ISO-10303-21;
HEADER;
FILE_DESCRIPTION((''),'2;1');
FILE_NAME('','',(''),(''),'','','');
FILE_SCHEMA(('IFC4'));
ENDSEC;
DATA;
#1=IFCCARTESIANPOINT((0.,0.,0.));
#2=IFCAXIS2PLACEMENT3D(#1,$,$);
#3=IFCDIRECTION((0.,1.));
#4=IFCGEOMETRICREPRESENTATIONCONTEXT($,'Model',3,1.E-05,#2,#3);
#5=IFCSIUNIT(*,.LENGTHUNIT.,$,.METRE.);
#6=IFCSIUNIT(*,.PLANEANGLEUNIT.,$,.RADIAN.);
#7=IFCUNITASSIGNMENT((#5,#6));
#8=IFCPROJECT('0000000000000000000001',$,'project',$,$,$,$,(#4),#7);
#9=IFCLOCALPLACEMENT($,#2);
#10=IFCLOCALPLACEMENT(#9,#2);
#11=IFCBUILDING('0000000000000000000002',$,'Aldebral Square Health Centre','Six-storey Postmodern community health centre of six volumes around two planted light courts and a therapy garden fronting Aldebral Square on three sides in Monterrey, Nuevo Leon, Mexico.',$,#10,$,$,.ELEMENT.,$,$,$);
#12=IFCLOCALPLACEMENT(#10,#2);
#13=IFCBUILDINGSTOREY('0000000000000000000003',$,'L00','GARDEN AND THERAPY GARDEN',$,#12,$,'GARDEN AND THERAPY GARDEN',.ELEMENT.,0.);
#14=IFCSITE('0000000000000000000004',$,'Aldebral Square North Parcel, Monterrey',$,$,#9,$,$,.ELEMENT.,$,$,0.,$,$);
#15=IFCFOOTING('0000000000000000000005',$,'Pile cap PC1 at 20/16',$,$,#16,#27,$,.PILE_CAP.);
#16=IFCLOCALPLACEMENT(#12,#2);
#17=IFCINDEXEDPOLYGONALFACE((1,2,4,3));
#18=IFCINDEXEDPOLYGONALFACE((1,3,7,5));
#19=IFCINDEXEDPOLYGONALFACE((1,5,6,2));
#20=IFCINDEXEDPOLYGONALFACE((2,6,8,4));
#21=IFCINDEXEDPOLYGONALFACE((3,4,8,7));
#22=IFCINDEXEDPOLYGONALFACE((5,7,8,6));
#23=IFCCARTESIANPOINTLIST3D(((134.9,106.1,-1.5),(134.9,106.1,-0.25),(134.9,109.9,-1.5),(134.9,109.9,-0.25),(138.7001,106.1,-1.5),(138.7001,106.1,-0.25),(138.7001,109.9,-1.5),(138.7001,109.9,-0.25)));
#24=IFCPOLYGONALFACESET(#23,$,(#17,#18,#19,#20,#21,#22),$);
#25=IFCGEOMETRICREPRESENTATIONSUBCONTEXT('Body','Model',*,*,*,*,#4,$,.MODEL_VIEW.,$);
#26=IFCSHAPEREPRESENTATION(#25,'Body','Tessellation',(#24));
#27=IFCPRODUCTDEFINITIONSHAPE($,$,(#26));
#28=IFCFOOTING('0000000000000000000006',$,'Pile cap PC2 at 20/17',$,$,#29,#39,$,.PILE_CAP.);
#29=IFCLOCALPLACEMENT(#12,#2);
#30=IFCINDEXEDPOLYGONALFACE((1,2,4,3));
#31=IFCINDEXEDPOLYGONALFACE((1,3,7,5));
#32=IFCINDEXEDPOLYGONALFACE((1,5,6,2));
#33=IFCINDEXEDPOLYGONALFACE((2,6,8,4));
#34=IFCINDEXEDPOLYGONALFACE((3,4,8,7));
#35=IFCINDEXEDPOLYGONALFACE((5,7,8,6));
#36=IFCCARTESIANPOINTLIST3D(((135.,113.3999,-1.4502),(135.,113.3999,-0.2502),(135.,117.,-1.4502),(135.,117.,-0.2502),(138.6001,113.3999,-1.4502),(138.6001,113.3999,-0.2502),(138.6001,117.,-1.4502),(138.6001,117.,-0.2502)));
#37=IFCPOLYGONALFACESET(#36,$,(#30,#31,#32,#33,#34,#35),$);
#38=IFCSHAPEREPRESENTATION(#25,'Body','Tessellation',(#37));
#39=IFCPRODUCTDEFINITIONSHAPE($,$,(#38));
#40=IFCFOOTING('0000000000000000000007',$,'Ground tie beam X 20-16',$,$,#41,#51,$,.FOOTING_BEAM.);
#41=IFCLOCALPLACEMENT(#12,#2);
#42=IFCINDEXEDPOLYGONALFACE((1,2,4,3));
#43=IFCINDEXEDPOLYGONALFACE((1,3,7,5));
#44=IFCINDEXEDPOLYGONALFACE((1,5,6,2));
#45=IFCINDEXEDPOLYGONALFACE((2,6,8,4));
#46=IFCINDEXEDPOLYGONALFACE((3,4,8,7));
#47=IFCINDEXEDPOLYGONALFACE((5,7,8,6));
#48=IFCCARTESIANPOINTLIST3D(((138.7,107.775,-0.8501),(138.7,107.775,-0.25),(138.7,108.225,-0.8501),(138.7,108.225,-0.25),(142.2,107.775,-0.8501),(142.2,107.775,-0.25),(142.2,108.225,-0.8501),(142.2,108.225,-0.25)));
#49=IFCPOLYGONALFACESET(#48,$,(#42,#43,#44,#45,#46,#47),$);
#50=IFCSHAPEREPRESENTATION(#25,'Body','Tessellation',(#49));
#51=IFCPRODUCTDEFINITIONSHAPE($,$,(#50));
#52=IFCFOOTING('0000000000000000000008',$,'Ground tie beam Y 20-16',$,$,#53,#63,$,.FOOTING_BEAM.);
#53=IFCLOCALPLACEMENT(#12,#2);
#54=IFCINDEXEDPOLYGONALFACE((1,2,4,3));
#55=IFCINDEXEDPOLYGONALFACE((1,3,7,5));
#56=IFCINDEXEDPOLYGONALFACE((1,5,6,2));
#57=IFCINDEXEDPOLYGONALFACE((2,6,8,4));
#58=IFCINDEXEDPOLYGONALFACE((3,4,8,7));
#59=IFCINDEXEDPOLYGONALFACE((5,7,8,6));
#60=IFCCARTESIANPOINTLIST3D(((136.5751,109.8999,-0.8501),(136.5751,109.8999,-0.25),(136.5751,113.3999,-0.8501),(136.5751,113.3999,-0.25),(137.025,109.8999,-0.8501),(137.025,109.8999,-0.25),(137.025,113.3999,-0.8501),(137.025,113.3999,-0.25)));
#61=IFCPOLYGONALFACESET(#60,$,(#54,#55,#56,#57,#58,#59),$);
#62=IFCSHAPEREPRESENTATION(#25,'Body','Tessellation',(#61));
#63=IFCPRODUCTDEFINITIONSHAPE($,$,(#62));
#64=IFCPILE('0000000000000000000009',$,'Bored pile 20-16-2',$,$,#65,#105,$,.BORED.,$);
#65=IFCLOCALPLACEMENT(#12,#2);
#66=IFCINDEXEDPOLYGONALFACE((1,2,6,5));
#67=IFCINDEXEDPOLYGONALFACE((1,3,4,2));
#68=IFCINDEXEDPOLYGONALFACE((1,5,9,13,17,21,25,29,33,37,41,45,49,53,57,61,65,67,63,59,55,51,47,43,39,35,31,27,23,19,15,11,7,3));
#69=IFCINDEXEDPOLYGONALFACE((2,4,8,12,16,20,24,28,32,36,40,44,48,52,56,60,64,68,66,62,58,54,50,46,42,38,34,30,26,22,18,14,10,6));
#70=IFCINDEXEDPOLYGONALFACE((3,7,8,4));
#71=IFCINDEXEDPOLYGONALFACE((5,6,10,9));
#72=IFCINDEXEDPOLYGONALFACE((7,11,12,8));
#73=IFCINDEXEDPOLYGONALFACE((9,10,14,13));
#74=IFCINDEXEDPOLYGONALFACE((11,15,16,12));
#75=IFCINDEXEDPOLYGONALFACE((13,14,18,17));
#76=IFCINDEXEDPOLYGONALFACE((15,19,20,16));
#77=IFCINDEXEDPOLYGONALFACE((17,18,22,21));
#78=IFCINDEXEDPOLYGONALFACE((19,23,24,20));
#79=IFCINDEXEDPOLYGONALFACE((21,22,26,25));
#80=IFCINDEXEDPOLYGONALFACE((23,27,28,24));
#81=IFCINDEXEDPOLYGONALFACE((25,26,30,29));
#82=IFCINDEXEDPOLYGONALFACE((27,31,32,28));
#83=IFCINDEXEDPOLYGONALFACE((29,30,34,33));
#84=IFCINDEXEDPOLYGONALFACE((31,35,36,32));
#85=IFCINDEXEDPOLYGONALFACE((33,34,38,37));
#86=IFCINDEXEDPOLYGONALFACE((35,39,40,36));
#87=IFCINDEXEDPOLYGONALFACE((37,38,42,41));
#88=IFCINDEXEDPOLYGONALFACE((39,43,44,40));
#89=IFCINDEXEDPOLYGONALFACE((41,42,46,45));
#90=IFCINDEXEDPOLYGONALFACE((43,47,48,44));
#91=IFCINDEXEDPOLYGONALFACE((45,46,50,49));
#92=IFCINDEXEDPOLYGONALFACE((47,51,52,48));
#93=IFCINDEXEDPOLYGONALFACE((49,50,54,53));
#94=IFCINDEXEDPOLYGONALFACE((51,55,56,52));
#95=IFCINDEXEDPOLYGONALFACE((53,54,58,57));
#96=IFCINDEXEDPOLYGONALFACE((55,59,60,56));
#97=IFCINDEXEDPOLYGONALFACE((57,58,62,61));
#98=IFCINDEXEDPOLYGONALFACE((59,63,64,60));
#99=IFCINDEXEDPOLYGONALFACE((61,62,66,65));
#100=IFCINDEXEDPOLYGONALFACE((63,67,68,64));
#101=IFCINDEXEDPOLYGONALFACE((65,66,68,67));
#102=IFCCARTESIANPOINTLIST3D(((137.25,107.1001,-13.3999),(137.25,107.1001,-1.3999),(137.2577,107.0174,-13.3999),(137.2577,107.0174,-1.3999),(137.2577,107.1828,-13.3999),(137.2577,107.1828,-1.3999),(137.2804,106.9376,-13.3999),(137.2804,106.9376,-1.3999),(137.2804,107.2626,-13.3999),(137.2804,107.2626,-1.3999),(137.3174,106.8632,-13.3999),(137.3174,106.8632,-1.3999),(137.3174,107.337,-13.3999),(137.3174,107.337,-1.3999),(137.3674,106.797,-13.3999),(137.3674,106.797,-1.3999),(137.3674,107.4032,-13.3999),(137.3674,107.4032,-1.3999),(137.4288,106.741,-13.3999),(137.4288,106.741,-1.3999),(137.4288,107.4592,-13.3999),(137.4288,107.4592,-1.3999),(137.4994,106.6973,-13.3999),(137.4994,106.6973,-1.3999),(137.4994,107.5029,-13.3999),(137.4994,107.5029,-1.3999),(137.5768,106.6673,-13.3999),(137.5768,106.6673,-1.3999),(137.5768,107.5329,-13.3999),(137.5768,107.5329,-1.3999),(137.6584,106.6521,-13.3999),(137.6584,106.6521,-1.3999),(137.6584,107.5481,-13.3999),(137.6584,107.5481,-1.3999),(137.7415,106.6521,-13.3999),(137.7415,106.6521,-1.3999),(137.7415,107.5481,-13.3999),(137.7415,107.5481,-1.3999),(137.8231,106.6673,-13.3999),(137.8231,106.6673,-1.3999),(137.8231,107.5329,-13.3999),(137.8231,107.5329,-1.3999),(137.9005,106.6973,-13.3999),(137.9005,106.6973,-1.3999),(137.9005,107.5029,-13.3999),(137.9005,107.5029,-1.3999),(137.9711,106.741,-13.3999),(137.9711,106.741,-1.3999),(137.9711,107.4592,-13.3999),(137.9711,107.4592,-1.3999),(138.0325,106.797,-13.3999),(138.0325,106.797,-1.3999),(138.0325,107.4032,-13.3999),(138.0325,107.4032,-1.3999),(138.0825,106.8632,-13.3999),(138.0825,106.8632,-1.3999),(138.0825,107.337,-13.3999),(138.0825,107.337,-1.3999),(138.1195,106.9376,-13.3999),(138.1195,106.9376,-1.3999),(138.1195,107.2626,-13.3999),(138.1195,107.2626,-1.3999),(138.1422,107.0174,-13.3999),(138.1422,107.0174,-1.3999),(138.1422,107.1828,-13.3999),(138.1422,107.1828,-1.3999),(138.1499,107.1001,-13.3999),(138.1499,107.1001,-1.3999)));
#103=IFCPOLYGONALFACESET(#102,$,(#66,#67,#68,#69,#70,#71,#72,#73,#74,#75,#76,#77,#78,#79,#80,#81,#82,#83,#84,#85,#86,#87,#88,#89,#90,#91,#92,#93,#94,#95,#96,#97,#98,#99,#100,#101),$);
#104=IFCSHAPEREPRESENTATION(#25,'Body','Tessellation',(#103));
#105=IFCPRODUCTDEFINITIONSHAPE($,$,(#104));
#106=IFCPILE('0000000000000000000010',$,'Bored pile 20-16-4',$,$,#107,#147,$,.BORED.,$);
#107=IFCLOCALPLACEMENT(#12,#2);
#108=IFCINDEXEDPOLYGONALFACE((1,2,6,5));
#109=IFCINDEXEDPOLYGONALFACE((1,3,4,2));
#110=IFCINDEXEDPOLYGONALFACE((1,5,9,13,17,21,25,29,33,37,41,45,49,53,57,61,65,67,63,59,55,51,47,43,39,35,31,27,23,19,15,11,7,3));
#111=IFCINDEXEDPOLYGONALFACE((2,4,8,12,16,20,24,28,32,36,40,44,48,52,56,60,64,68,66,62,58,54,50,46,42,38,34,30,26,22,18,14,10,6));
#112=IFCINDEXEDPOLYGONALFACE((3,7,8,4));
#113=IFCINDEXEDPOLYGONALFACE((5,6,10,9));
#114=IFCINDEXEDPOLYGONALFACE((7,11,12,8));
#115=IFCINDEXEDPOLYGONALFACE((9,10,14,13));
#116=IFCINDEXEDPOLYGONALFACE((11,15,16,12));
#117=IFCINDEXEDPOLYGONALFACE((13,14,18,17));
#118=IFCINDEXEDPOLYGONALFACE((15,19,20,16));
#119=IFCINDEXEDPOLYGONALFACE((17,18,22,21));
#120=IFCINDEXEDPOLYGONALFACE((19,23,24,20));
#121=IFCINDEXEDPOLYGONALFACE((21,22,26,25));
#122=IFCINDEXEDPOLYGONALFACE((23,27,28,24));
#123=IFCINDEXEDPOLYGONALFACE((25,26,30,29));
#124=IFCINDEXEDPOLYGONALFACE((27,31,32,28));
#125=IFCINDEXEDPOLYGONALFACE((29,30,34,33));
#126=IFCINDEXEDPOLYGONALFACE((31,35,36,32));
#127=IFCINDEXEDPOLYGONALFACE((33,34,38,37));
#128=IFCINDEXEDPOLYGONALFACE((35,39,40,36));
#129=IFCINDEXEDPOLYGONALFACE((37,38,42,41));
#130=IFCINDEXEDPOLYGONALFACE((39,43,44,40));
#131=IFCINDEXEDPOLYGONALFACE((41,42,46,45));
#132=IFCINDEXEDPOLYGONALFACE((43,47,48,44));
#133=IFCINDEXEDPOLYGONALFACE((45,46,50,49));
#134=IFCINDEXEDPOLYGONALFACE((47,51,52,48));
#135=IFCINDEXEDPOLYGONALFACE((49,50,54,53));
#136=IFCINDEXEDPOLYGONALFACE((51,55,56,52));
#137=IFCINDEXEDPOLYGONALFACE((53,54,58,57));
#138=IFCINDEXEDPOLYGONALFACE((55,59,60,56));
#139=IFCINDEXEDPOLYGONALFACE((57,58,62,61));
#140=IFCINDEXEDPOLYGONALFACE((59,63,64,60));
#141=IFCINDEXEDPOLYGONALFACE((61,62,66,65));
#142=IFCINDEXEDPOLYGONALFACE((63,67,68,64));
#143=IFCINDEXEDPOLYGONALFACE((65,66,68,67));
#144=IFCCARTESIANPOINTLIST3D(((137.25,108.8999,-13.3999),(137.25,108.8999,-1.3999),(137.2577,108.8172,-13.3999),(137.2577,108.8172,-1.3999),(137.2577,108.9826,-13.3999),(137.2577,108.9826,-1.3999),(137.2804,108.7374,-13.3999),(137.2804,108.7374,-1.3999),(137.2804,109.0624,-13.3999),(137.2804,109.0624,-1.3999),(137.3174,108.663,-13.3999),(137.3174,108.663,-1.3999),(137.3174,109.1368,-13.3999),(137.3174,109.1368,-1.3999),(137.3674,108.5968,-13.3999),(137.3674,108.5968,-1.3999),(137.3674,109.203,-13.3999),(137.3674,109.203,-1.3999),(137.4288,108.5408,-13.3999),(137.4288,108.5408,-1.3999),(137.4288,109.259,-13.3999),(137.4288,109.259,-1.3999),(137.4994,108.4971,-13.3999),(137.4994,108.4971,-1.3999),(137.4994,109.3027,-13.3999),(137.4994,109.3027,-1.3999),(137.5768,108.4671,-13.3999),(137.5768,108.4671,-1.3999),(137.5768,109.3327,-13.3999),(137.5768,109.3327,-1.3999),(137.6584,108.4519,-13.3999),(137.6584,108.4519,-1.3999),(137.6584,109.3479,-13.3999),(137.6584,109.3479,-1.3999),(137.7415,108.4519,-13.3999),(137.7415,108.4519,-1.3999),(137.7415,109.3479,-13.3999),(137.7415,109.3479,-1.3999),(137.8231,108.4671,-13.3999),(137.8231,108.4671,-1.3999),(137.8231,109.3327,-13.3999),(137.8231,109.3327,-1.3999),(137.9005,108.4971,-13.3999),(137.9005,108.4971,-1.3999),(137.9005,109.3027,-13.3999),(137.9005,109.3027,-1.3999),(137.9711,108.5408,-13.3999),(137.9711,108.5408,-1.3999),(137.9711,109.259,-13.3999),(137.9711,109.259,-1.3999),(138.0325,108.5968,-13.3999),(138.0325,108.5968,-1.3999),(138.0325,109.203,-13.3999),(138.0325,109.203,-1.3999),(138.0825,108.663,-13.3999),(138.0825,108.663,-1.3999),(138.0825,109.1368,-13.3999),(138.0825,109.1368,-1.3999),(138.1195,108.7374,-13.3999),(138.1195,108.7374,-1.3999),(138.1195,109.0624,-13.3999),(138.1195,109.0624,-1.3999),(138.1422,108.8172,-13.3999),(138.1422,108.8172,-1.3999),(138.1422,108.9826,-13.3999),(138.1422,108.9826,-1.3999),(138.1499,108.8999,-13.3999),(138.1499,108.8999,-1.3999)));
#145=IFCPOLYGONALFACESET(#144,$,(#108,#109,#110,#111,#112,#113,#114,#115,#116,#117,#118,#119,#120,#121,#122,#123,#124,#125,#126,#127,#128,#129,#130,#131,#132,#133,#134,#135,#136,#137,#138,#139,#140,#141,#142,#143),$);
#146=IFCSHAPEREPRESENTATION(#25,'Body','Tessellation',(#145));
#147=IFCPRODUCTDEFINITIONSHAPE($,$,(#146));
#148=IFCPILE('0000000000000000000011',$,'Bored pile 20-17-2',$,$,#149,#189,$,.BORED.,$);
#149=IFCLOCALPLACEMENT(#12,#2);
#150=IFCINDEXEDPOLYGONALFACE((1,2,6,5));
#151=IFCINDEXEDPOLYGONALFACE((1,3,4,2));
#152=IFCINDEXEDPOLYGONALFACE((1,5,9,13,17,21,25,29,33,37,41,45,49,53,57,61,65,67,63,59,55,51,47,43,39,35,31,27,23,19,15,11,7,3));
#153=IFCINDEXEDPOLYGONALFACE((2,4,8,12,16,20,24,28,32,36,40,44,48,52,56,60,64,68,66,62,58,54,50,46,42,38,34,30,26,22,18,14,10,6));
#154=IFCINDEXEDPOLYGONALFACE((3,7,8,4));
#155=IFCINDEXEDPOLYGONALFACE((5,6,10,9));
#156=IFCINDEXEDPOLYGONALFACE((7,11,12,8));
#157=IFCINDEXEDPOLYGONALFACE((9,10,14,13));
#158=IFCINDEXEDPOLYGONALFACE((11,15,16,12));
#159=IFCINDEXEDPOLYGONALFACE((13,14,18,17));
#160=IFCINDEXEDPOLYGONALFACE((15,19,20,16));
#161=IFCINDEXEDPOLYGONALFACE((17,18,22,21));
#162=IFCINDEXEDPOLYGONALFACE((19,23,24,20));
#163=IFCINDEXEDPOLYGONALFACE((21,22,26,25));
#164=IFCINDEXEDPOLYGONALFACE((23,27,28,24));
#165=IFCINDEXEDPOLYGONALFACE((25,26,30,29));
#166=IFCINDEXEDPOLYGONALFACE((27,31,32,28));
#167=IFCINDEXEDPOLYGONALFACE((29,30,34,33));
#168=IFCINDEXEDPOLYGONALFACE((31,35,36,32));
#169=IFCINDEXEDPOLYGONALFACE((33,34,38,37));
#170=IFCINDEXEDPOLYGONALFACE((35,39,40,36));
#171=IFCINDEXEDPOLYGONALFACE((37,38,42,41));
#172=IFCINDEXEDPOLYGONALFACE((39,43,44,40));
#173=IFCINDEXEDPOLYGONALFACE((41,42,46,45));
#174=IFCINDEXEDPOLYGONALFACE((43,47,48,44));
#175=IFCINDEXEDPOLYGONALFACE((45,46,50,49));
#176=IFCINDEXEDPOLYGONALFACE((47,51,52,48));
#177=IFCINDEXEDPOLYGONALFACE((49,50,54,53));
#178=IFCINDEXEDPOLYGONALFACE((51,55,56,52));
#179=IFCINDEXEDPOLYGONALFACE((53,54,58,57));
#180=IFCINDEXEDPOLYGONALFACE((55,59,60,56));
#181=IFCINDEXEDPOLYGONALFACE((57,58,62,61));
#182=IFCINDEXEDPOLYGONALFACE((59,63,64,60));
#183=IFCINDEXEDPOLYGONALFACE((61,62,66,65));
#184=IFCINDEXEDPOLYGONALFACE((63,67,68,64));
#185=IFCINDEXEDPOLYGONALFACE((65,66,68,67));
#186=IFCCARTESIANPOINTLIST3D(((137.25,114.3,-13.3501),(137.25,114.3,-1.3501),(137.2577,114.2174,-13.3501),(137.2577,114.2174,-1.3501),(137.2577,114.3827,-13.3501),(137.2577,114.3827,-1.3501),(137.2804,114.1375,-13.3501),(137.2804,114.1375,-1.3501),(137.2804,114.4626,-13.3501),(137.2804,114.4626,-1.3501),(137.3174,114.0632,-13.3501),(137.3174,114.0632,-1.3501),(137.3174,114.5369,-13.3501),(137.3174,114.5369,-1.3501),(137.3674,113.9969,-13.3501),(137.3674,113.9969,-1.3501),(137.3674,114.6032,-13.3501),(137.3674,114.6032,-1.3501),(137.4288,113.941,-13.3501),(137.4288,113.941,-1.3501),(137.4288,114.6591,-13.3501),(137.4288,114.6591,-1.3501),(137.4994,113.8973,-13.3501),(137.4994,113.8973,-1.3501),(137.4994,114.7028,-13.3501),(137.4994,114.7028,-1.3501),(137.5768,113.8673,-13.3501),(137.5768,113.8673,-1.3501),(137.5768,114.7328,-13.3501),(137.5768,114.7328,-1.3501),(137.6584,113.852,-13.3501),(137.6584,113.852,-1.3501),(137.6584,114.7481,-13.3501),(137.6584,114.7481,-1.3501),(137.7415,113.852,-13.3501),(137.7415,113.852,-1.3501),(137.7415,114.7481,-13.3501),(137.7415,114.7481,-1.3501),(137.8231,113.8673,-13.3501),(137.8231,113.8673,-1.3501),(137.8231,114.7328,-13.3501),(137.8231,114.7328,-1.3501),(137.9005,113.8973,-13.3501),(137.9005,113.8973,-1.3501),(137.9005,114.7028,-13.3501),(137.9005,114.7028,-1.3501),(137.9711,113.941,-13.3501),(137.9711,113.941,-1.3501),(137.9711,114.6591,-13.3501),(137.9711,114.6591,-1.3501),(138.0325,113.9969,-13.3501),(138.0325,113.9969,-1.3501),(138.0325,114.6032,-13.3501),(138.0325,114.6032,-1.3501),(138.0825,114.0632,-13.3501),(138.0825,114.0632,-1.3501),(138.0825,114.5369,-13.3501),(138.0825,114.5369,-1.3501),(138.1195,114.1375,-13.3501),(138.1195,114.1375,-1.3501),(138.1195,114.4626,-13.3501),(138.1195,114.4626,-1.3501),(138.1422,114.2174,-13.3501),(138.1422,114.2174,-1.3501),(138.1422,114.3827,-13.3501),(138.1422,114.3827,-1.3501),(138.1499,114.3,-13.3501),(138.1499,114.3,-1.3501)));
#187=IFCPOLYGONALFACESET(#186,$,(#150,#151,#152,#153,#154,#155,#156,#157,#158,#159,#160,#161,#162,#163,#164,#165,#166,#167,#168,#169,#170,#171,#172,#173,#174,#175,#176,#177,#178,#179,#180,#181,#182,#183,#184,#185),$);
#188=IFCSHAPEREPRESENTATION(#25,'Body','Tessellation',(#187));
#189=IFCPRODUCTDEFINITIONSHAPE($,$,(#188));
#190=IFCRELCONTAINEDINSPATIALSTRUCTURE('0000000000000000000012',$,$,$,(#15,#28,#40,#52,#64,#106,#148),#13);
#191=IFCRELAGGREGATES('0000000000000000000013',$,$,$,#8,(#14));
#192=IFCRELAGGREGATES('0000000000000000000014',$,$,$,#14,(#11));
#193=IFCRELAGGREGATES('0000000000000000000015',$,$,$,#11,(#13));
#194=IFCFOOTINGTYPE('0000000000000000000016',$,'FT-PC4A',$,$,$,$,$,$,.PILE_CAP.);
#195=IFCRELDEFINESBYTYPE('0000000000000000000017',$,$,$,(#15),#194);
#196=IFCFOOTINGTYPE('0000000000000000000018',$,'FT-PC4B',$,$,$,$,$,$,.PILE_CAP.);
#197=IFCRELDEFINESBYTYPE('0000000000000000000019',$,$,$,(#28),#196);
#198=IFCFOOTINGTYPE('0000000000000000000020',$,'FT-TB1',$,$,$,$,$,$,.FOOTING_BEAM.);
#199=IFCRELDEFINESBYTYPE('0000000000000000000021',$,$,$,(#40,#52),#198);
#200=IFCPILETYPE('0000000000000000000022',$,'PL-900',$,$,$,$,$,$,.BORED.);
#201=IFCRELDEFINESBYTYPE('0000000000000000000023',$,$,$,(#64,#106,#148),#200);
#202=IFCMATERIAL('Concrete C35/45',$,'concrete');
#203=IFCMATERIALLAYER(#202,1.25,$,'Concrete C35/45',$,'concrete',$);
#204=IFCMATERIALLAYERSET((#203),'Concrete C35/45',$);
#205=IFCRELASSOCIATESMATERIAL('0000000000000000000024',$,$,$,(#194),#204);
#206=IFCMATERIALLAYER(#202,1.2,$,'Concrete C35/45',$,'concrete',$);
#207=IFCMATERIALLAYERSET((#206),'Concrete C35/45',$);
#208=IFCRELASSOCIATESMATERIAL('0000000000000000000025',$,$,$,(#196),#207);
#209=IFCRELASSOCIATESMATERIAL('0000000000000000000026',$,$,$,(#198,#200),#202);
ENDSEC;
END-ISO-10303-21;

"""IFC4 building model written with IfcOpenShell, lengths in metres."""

from ifc_helpers import new_model, si_unit, direction, frame, origin, origin_2d, place, context, subcontext, project, spatial, rectangle, circle, extrude, material, layer, layer_set, material_profile, profile_set, type_object, element, save


model = new_model("IFC4")

# Units and contexts
model_context = context("Model", 3, precision=1e-05, world=origin(), true_north=direction((0.0, 1.0)))
body_context = subcontext(model_context, "Body", "Model", "MODEL_VIEW")
ifc_project = project(units=[si_unit("LENGTHUNIT", "METRE"), si_unit("PLANEANGLEUNIT", "RADIAN")], contexts=[model_context])

# Site, building, storey
site_placement = place(None, origin())
site = spatial("IfcSite", under=ifc_project, at=site_placement, Name="Aldebral Square North Parcel, Monterrey", CompositionType="ELEMENT", RefElevation=0.0)
building_placement = place(site_placement, origin())
building = spatial("IfcBuilding", under=site, at=building_placement, Name="Aldebral Square Health Centre", Description="Six-storey Postmodern community health centre of six volumes around two planted light courts and a therapy garden fronting Aldebral Square on three sides in Monterrey, Nuevo Leon, Mexico.", CompositionType="ELEMENT")
storey_placement = place(building_placement, origin())
storey = spatial("IfcBuildingStorey", under=building, at=storey_placement, Name="L00", Description="GARDEN AND THERAPY GARDEN", LongName="GARDEN AND THERAPY GARDEN", CompositionType="ELEMENT", Elevation=0.0)

# Footings
ifc_material_1 = material(Name="Concrete C35/45", Category="concrete")
ifc_layer_1 = layer(ifc_material_1, 1.25, Name="Concrete C35/45", Category="concrete")
ifc_layer_set_1 = layer_set([ifc_layer_1], Name="Concrete C35/45")
footing_type_1 = type_object("IfcFootingType", Name="FT-PC4A", PredefinedType="PILE_CAP", material=ifc_layer_set_1)
footing_1_placement = place(storey_placement, frame((136.8, 108.0, -1.5), z_axis=(0.0, 0.0, 1.0), x_axis=(1.0, 0.0, 0.0)))
element("IfcFooting", 1, at=footing_1_placement, inside=storey, type_object=footing_type_1, Name="Pile cap PC1 at 20/16", PredefinedType="PILE_CAP", context=body_context, shape_type="SweptSolid", body=[
    extrude(rectangle(XDim=3.8, YDim=3.8, at=origin_2d()), origin(), (0.0, 0.0, 1.0), 1.25),
])
ifc_layer_2 = layer(ifc_material_1, 1.2, Name="Concrete C35/45", Category="concrete")
ifc_layer_set_2 = layer_set([ifc_layer_2], Name="Concrete C35/45")
footing_type_2 = type_object("IfcFootingType", Name="FT-PC4B", PredefinedType="PILE_CAP", material=ifc_layer_set_2)
footing_2_placement = place(storey_placement, frame((136.8, 115.2, -1.4502), z_axis=(0.0, 0.0, 1.0), x_axis=(1.0, 0.0, 0.0)))
element("IfcFooting", 2, at=footing_2_placement, inside=storey, type_object=footing_type_2, Name="Pile cap PC2 at 20/17", PredefinedType="PILE_CAP", context=body_context, shape_type="SweptSolid", body=[
    extrude(rectangle(XDim=3.6001, YDim=3.6001, at=origin_2d()), origin(), (0.0, 0.0, 1.0), 1.2),
])
ifc_material_profile_1 = material_profile(ifc_material_1, rectangle(XDim=0.45, YDim=0.6001, at=origin_2d()), Name="RC 450x600")
ifc_profile_set_1 = profile_set([ifc_material_profile_1], Name="Concrete C35/45")
footing_type_3 = type_object("IfcFootingType", Name="FT-TB1", PredefinedType="FOOTING_BEAM", material=ifc_profile_set_1)
for number, where, z_axis, x_axis, name in (
    (3, (138.7, 108.0, -0.55), (1.0, 0.0, 0.0), (0.0, 1.0, 0.0), "Ground tie beam X 20-16"),
    (4, (136.8, 109.8999, -0.55), (0.0, 1.0, 0.0), (-1.0, 0.0, 0.0), "Ground tie beam Y 20-16"),
):
    element("IfcFooting", number, at=place(storey_placement, frame(where, z_axis=z_axis, x_axis=x_axis)), inside=storey, type_object=footing_type_3, Name=name, PredefinedType="FOOTING_BEAM", context=body_context, shape_type="SweptSolid", body=[
        extrude(rectangle(XDim=0.45, YDim=0.6001, at=origin_2d()), origin(), (0.0, 0.0, 1.0), 3.5),
    ])

# Piles
ifc_material_profile_2 = material_profile(ifc_material_1, circle(Radius=0.45, at=origin_2d()), Name="PILE D900")
ifc_profile_set_2 = profile_set([ifc_material_profile_2], Name="Concrete C35/45")
pile_type = type_object("IfcPileType", Name="PL-900", PredefinedType="BORED", material=ifc_profile_set_2)
for number, where, z_axis, x_axis, name in (
    (5, (137.7, 107.1001, -1.3999), (0.0, 0.0, -1.0), (1.0, 0.0, 0.0), "Bored pile 20-16-2"),
    (6, (137.7, 108.8999, -1.3999), (0.0, 0.0, -1.0), (1.0, 0.0, 0.0), "Bored pile 20-16-4"),
    (7, (137.7, 114.3, -1.3501), (0.0, 0.0, -1.0), (1.0, 0.0, 0.0), "Bored pile 20-17-2"),
):
    element("IfcPile", number, at=place(storey_placement, frame(where, z_axis=z_axis, x_axis=x_axis)), inside=storey, type_object=pile_type, Name=name, PredefinedType="BORED", context=body_context, shape_type="SweptSolid", body=[
        extrude(circle(Radius=0.45, at=origin_2d()), origin(), (0.0, 0.0, 1.0), 12.0),
    ])

save(model, "model.ifc")
